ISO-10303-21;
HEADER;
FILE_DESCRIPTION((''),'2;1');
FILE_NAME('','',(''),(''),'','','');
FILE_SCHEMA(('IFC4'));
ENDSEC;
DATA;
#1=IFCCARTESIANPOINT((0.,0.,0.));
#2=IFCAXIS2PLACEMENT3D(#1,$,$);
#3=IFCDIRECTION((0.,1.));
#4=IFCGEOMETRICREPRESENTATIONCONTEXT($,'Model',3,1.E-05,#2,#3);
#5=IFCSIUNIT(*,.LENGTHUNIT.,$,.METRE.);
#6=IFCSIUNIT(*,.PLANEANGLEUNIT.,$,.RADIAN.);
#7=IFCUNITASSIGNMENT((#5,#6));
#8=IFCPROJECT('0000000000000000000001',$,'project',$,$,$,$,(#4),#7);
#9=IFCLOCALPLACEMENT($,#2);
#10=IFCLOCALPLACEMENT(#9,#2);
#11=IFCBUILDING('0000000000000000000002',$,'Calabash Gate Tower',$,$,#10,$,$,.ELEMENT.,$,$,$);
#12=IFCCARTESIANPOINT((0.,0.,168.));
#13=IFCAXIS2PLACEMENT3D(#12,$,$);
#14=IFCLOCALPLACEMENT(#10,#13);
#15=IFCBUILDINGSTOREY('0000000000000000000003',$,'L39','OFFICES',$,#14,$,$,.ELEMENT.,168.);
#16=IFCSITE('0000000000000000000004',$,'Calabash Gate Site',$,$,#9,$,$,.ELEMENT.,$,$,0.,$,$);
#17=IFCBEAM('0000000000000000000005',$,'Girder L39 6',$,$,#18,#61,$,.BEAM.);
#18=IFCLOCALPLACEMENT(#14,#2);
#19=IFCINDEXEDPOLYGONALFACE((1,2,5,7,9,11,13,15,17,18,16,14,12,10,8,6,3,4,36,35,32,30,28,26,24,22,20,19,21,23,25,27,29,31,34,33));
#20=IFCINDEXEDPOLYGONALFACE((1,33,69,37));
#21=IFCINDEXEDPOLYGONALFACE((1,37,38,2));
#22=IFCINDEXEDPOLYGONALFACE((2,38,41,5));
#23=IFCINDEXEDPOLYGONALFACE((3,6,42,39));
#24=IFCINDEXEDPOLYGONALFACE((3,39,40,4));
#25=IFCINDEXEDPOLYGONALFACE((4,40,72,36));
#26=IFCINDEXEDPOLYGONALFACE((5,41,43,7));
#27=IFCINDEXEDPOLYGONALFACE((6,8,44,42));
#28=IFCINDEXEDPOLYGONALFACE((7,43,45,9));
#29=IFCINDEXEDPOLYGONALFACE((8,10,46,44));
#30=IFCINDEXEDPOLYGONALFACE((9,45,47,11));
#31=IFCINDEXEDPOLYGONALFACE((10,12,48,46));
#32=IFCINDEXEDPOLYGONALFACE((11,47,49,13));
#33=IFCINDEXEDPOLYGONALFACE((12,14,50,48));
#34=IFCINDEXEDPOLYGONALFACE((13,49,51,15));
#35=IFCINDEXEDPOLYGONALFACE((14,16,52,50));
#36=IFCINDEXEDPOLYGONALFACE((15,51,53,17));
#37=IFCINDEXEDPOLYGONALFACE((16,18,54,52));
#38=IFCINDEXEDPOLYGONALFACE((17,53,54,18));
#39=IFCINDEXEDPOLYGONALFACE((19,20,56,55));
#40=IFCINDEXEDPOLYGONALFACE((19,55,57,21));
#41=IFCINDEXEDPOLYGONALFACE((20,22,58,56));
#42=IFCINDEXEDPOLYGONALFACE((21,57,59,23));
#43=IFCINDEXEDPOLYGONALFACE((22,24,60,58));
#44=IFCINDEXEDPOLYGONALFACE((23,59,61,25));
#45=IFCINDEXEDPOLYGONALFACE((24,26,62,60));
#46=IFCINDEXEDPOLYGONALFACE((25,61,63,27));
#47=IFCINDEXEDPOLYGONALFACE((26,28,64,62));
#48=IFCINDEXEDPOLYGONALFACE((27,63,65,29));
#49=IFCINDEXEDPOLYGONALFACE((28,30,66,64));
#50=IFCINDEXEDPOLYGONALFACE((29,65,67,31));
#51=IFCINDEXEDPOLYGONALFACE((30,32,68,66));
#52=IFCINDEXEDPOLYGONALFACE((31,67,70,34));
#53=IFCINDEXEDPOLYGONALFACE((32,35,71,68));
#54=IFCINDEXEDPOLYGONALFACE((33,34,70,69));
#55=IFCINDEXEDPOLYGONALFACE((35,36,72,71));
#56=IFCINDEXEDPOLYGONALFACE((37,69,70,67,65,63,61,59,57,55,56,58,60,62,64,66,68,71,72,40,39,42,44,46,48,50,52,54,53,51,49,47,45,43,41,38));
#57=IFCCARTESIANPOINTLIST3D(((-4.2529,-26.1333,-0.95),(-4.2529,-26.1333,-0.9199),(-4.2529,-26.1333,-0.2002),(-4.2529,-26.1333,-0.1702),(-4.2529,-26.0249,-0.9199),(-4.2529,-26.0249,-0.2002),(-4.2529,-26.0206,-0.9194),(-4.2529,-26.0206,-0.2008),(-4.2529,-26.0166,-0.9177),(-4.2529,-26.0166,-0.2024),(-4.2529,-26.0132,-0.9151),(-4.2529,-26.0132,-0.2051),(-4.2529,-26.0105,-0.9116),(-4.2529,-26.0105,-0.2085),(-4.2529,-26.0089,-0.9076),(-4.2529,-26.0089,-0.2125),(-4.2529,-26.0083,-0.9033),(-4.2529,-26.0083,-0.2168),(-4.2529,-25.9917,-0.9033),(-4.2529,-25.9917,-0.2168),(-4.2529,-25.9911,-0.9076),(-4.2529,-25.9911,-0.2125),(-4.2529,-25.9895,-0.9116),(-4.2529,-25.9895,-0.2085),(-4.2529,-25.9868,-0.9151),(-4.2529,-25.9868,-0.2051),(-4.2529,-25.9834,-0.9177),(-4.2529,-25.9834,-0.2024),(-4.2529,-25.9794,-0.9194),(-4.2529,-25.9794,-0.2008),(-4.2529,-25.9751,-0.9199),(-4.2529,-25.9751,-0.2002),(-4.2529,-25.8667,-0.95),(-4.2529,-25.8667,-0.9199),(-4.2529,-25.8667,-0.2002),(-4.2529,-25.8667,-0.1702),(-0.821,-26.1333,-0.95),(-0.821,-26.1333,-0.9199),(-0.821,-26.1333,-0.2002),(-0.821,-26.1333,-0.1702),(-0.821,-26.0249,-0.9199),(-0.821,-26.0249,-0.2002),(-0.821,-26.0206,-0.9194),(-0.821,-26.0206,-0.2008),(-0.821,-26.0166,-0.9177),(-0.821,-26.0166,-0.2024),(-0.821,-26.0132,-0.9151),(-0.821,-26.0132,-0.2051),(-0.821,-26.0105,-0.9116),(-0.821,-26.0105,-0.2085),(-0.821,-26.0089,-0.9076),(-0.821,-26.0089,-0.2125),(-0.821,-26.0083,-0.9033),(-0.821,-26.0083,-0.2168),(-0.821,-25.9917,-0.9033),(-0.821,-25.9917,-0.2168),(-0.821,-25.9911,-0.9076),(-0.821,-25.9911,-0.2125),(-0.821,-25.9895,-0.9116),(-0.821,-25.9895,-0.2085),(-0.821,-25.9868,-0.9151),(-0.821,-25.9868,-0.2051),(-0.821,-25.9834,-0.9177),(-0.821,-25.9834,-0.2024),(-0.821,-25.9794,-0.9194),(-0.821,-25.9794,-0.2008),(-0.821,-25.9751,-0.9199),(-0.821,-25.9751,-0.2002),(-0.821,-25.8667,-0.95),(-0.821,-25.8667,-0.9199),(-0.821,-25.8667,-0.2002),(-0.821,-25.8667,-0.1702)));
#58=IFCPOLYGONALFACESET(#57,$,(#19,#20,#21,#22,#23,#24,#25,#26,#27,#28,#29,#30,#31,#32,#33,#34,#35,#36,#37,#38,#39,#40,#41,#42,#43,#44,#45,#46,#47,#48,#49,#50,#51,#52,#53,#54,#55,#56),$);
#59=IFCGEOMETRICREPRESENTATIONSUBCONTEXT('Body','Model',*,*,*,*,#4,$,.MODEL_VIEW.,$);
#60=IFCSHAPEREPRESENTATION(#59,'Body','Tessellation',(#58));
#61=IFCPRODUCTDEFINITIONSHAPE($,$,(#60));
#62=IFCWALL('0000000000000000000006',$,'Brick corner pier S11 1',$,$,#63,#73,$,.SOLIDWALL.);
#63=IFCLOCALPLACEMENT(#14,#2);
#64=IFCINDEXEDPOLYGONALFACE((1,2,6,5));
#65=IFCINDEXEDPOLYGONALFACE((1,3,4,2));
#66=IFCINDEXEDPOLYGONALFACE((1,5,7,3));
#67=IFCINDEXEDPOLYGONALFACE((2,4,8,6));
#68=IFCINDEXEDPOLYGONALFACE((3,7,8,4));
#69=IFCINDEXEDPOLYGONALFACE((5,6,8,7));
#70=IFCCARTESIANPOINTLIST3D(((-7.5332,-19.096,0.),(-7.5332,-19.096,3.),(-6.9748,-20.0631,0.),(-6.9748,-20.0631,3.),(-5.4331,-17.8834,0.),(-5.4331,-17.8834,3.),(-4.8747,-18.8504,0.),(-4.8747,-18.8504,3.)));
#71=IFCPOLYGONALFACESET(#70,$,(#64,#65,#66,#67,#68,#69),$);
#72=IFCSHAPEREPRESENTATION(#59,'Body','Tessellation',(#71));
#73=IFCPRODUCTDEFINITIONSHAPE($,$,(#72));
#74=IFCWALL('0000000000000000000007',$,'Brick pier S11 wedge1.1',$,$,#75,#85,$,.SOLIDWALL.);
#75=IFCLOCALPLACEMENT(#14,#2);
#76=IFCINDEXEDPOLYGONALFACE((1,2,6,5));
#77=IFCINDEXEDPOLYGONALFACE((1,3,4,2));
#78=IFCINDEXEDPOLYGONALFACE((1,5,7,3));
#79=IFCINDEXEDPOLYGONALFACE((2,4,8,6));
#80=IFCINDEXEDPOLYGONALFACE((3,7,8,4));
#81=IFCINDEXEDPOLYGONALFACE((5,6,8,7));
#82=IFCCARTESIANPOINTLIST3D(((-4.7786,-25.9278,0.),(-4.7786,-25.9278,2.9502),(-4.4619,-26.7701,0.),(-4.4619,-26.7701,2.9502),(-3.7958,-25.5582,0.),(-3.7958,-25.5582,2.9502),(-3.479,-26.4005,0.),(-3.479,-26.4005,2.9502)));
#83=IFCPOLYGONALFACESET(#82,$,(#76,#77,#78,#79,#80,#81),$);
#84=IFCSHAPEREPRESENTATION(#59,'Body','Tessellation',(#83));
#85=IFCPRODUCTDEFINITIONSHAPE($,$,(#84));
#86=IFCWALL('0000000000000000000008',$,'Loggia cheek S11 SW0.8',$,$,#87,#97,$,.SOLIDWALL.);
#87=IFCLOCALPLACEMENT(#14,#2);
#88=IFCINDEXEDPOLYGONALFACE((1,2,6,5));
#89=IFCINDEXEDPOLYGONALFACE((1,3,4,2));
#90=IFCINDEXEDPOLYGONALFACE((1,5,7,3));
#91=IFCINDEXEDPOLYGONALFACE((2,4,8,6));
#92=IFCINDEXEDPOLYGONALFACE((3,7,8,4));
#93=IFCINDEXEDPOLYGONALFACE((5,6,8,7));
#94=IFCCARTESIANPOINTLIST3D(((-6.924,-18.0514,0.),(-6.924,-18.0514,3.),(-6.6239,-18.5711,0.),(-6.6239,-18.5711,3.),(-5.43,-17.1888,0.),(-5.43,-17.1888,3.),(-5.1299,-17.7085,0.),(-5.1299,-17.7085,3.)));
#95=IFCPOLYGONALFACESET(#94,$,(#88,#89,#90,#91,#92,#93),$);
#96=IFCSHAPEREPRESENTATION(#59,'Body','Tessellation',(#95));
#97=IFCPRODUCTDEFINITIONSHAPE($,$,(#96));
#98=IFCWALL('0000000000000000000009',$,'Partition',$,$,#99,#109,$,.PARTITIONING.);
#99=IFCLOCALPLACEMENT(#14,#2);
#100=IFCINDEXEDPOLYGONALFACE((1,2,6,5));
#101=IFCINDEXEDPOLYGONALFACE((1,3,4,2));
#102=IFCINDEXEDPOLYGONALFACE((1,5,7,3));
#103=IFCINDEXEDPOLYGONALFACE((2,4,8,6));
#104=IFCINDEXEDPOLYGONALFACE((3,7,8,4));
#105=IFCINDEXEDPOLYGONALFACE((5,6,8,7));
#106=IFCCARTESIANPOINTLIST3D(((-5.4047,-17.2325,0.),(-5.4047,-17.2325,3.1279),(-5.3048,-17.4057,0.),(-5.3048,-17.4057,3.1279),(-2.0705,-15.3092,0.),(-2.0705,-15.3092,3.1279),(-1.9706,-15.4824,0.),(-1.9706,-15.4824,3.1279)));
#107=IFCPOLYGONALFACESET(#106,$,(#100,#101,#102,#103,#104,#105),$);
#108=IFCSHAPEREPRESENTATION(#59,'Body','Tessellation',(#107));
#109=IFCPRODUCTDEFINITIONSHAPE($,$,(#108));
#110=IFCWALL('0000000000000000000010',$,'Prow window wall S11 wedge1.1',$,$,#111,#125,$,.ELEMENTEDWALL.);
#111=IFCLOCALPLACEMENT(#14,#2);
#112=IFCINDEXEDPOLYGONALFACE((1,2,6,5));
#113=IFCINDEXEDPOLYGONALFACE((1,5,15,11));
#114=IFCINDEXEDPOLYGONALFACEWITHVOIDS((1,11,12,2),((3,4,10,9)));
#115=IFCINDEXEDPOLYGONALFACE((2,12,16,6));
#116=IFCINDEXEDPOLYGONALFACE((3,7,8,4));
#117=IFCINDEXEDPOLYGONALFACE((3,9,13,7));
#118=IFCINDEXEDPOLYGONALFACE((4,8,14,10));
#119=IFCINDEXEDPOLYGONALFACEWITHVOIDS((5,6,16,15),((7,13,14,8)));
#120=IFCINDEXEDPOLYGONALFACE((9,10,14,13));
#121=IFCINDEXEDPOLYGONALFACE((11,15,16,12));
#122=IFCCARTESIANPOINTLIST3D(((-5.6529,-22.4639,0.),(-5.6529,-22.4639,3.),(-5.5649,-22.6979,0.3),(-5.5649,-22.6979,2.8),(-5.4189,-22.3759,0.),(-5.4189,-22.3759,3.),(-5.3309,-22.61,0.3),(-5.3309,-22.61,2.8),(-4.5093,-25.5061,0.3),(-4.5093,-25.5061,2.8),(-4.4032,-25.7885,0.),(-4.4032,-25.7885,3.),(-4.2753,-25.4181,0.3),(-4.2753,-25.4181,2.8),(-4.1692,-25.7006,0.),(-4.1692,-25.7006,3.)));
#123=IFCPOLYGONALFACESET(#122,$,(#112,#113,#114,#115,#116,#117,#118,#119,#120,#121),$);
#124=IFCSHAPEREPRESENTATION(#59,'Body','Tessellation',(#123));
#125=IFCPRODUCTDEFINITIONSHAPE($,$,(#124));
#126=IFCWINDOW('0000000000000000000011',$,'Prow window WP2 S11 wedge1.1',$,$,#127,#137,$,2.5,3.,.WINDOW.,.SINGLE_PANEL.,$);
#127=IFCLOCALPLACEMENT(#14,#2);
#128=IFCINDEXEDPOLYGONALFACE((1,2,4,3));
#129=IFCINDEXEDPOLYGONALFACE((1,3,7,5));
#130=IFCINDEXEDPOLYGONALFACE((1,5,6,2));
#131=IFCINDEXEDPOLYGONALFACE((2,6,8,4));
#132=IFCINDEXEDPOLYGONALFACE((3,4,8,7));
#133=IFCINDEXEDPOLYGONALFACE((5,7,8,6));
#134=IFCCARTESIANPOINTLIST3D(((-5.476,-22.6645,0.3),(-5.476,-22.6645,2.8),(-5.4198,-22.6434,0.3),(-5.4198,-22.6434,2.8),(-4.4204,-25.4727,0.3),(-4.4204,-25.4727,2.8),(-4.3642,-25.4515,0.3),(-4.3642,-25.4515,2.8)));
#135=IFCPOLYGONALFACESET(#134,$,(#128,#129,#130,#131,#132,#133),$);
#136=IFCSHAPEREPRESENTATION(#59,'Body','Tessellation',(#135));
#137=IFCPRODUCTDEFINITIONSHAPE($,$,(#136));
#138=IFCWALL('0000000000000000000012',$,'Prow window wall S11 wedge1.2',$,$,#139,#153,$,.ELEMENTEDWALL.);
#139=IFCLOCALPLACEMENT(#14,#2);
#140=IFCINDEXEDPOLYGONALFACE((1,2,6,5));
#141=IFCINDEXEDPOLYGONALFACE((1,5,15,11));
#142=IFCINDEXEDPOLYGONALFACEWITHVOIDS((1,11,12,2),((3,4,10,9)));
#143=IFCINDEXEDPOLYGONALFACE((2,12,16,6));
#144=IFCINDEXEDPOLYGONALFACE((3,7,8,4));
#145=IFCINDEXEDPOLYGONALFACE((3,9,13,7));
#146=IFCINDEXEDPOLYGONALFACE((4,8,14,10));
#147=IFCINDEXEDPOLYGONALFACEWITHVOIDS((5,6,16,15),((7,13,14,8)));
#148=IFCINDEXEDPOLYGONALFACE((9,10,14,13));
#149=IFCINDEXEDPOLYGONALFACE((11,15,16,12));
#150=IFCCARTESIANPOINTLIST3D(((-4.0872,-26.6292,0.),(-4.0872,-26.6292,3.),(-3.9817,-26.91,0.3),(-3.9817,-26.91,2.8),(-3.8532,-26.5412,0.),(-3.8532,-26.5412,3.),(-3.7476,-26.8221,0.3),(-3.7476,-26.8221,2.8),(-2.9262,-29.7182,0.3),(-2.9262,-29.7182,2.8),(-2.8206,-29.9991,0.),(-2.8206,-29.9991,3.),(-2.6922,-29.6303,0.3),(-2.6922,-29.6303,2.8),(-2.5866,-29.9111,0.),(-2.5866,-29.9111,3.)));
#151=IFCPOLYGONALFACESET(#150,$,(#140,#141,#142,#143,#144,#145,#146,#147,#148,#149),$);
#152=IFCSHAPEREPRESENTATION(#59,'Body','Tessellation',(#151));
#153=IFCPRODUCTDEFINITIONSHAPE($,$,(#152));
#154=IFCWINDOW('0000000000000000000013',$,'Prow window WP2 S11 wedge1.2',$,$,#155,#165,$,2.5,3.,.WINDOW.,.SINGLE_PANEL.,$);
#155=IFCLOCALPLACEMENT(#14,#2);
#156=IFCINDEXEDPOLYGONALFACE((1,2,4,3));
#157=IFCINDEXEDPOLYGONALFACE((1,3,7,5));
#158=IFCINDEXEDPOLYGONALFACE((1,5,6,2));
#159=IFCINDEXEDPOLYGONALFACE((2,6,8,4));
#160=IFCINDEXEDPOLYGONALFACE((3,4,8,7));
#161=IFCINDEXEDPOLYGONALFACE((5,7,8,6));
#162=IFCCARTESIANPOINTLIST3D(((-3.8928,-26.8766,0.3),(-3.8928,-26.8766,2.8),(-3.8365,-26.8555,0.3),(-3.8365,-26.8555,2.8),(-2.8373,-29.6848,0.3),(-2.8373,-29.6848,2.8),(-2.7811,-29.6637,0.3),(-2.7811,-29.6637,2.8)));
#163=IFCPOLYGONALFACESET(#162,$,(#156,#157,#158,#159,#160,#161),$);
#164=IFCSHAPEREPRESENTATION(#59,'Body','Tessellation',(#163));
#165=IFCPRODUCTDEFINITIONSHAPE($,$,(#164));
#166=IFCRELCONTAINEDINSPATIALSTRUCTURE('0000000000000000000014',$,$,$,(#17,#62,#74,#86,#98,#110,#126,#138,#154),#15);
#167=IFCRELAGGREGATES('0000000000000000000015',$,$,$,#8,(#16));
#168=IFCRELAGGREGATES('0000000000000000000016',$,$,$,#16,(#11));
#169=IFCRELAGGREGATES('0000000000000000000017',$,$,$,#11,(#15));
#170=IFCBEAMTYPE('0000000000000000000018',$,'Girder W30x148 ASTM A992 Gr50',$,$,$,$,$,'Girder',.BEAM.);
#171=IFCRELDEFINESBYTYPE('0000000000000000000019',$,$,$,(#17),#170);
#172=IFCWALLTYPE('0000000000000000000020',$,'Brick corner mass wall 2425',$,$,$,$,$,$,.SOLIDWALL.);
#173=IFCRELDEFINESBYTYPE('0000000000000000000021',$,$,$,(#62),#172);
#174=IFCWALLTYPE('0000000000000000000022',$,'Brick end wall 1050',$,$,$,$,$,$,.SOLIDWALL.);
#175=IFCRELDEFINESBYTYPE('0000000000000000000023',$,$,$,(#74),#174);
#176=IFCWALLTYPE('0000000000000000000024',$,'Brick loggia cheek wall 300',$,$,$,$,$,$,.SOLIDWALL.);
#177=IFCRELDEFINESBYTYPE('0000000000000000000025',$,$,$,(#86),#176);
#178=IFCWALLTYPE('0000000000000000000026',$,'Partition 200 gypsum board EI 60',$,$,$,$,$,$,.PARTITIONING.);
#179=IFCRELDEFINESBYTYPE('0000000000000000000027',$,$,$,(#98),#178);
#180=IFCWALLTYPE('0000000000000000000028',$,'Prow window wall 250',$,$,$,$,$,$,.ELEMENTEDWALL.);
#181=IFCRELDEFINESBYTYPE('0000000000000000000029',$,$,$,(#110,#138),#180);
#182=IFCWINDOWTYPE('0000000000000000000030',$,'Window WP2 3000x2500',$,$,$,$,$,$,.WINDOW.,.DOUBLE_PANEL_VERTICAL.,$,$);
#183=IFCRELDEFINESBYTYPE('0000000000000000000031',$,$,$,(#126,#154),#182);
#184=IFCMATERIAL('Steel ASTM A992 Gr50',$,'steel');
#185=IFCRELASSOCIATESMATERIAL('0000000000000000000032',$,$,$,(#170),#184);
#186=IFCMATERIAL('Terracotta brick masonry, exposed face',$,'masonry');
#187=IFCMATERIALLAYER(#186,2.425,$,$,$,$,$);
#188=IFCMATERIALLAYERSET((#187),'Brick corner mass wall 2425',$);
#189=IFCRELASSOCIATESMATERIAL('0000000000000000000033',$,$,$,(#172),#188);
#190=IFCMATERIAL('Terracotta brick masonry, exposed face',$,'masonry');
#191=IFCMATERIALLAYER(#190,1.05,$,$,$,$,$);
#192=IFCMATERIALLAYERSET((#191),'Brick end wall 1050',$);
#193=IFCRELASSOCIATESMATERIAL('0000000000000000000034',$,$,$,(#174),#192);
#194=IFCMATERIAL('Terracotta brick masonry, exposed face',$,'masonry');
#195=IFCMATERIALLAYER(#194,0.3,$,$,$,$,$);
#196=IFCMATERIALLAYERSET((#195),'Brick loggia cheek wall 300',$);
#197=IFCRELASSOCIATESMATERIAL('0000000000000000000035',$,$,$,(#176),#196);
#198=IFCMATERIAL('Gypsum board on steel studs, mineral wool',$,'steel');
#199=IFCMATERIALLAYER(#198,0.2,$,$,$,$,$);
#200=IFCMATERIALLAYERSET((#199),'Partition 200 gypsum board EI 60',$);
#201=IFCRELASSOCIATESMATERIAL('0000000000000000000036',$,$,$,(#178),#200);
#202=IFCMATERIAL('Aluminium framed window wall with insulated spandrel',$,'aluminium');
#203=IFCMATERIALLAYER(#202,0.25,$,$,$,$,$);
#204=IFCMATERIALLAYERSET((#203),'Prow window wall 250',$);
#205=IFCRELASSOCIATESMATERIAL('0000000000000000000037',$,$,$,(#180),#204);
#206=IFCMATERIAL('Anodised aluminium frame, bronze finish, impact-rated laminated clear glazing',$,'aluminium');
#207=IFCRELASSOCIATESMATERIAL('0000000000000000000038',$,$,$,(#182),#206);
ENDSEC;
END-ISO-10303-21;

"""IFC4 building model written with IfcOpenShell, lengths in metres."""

from ifc_helpers import new_model, si_unit, direction, frame, frame_2d, origin, origin_2d, place, context, subcontext, project, spatial, rectangle, i_section, extrude, material, layer, layer_set, material_profile, profile_set, type_object, element, fill, save


model = new_model("IFC4")

# Units and contexts
model_context = context("Model", 3, precision=1e-05, world=origin(), true_north=direction((0.0, 1.0)))
body_context = subcontext(model_context, "Body", "Model", "MODEL_VIEW")
ifc_project = project(units=[si_unit("LENGTHUNIT", "METRE"), si_unit("PLANEANGLEUNIT", "RADIAN")], contexts=[model_context])

# Site, building, storey
site_placement = place(None, origin())
site = spatial("IfcSite", under=ifc_project, at=site_placement, Name="Calabash Gate Site", CompositionType="ELEMENT", RefElevation=0.0)
building_placement = place(site_placement, origin())
building = spatial("IfcBuilding", under=site, at=building_placement, Name="Calabash Gate Tower", CompositionType="ELEMENT")
storey_placement = place(building_placement, frame((0.0, 0.0, 168.0)))
storey = spatial("IfcBuildingStorey", under=building, at=storey_placement, Name="L39", Description="OFFICES", CompositionType="ELEMENT", Elevation=168.0)

# Beam
ifc_material_1 = material(Name="Steel ASTM A992 Gr50", Category="steel")
ifc_material_profile_1 = material_profile(ifc_material_1, i_section(OverallWidth=0.2666, OverallDepth=0.7798, WebThickness=0.0166, FlangeThickness=0.03, FilletRadius=0.0166, at=origin_2d()))
ifc_profile_set_1 = profile_set([ifc_material_profile_1], Name="Steel ASTM A992 Gr50")
beam_type_1 = type_object("IfcBeamType", Name="Girder W30x148 ASTM A992 Gr50", ElementType="Girder", PredefinedType="BEAM", material=ifc_profile_set_1)
beam_1_placement = place(storey_placement, frame((-4.2529, -26.0, -0.5601), z_axis=(1.0, 0.0, 0.0), x_axis=(0.0, 1.0, 0.0)))
element("IfcBeam", 1, at=beam_1_placement, inside=storey, type_object=beam_type_1, Name="Girder L39 6", PredefinedType="BEAM", context=body_context, shape_type="SweptSolid", body=[
    extrude(i_section(OverallWidth=0.2666, OverallDepth=0.7798, WebThickness=0.0166, FlangeThickness=0.03, FilletRadius=0.0166, at=origin_2d()), origin(), (0.0, 0.0, 1.0), 3.4319),
])

# Walls
ifc_material_2 = material(Name="Terracotta brick masonry, exposed face", Category="masonry")
ifc_layer_1 = layer(ifc_material_2, 2.425)
ifc_layer_set_1 = layer_set([ifc_layer_1], Name="Brick corner mass wall 2425")
wall_type_1 = type_object("IfcWallType", Name="Brick corner mass wall 2425", PredefinedType="SOLIDWALL", material=ifc_layer_set_1)
wall_1_placement = place(storey_placement, frame((-5.1541, -18.3669, 0.0), z_axis=(0.0, 0.0, 1.0), x_axis=(-0.865998, -0.500048, 0.0)))
element("IfcWall", 2, at=wall_1_placement, inside=storey, type_object=wall_type_1, Name="Brick corner pier S11 1", PredefinedType="SOLIDWALL", context=body_context, shape_type="SweptSolid", body=[
    extrude(rectangle(XDim=2.425, YDim=1.1167, at=frame_2d((1.2124, 0.0))), origin(), (0.0, 0.0, 1.0), 3.0),
])
ifc_material_3 = material(Name="Terracotta brick masonry, exposed face", Category="masonry")
ifc_layer_2 = layer(ifc_material_3, 1.05)
ifc_layer_set_2 = layer_set([ifc_layer_2], Name="Brick end wall 1050")
wall_type_2 = type_object("IfcWallType", Name="Brick end wall 1050", PredefinedType="SOLIDWALL", material=ifc_layer_set_2)
wall_2_placement = place(storey_placement, frame((-4.6201, -26.3489, 0.0), z_axis=(0.0, 0.0, 1.0), x_axis=(0.936004, 0.35199, 0.0)))
element("IfcWall", 3, at=wall_2_placement, inside=storey, type_object=wall_type_2, Name="Brick pier S11 wedge1.1", PredefinedType="SOLIDWALL", context=body_context, shape_type="SweptSolid", body=[
    extrude(rectangle(XDim=1.05, YDim=0.8999, at=frame_2d((0.5249, 0.0))), origin(), (0.0, 0.0, 1.0), 2.9502),
])
ifc_material_4 = material(Name="Terracotta brick masonry, exposed face", Category="masonry")
ifc_layer_3 = layer(ifc_material_4, 0.3)
ifc_layer_set_3 = layer_set([ifc_layer_3], Name="Brick loggia cheek wall 300")
wall_type_3 = type_object("IfcWallType", Name="Brick loggia cheek wall 300", PredefinedType="SOLIDWALL", material=ifc_layer_set_3)
wall_3_placement = place(storey_placement, frame((-6.7739, -18.3113, 0.0), z_axis=(0.0, 0.0, 1.0), x_axis=(0.866014, 0.500021, 0.0)))
element("IfcWall", 4, at=wall_3_placement, inside=storey, type_object=wall_type_3, Name="Loggia cheek S11 SW0.8", PredefinedType="SOLIDWALL", context=body_context, shape_type="SweptSolid", body=[
    extrude(rectangle(XDim=1.7251, YDim=0.6001, at=frame_2d((0.8625, 0.0))), origin(), (0.0, 0.0, 1.0), 3.0),
])
ifc_material_5 = material(Name="Gypsum board on steel studs, mineral wool", Category="steel")
ifc_layer_4 = layer(ifc_material_5, 0.2)
ifc_layer_set_4 = layer_set([ifc_layer_4], Name="Partition 200 gypsum board EI 60")
wall_type_4 = type_object("IfcWallType", Name="Partition 200 gypsum board EI 60", PredefinedType="PARTITIONING", material=ifc_layer_set_4)
wall_4_placement = place(storey_placement, frame((-5.3547, -17.3191, 0.0), z_axis=(0.0, 0.0, 1.0), x_axis=(0.866214, 0.499673, 0.0)))
element("IfcWall", 5, at=wall_4_placement, inside=storey, type_object=wall_type_4, Name="Partition", PredefinedType="PARTITIONING", context=body_context, shape_type="SweptSolid", body=[
    extrude(rectangle(XDim=3.8491, YDim=0.2, at=frame_2d((1.9246, 0.0))), origin(), (0.0, 0.0, 1.0), 3.1279),
])

# Walls, openings, windows
ifc_material_6 = material(Name="Aluminium framed window wall with insulated spandrel", Category="aluminium")
ifc_layer_5 = layer(ifc_material_6, 0.25)
ifc_layer_set_5 = layer_set([ifc_layer_5], Name="Prow window wall 250")
wall_type_5 = type_object("IfcWallType", Name="Prow window wall 250", PredefinedType="ELEMENTEDWALL", material=ifc_layer_set_5)
wall_5_placement = place(storey_placement, frame((-5.5359, -22.4199, 0.0), z_axis=(0.0, 0.0, 1.0), x_axis=(0.351862, -0.936052, 0.0)))
wall_5 = element("IfcWall", 6, at=wall_5_placement, inside=storey, type_object=wall_type_5, Name="Prow window wall S11 wedge1.1", PredefinedType="ELEMENTEDWALL", context=body_context, shape_type="SweptSolid", body=[
    extrude(rectangle(XDim=3.5518, YDim=0.25, at=frame_2d((1.7759, 0.0))), origin(), (0.0, 0.0, 1.0), 3.0),
])
opening_1_placement = place(wall_5_placement, frame((0.25, 0.0, 0.3)))
opening_1 = element("IfcOpeningElement", 7, at=opening_1_placement, cuts=wall_5, PredefinedType="OPENING", context=body_context, shape_type="SweptSolid", body=[
    extrude(rectangle(XDim=3.0, YDim=2.5, at=frame_2d((1.5, 1.25))), frame((0.0, 0.135, 0.0), z_axis=(0.0, -1.0, 0.0), x_axis=(1.0, 0.0, 0.0)), (0.0, 0.0, 1.0), 0.27),
])
ifc_material_7 = material(Name="Anodised aluminium frame, bronze finish, impact-rated laminated clear glazing", Category="aluminium")
window_type = type_object("IfcWindowType", Name="Window WP2 3000x2500", PartitioningType="DOUBLE_PANEL_VERTICAL", PredefinedType="WINDOW", material=ifc_material_7)
window_1_placement = place(opening_1_placement, origin())
window_1 = element("IfcWindow", 8, at=window_1_placement, inside=storey, type_object=window_type, Name="Prow window WP2 S11 wedge1.1", OverallHeight=2.5, OverallWidth=3.0, PartitioningType="SINGLE_PANEL", PredefinedType="WINDOW", context=body_context, shape_type="SweptSolid", body=[
    extrude(rectangle(XDim=3.0, YDim=2.5, at=frame_2d((1.5, 1.25))), frame((0.0, 0.03, 0.0), z_axis=(0.0, -1.0, 0.0), x_axis=(1.0, 0.0, 0.0)), (0.0, 0.0, 1.0), 0.0601),
])
fill(opening_1, window_1)
wall_6_placement = place(storey_placement, frame((-3.9702, -26.5852, 0.0), z_axis=(0.0, 0.0, 1.0), x_axis=(0.351829, -0.936064, 0.0)))
wall_6 = element("IfcWall", 9, at=wall_6_placement, inside=storey, type_object=wall_type_5, Name="Prow window wall S11 wedge1.2", PredefinedType="ELEMENTEDWALL", context=body_context, shape_type="SweptSolid", body=[
    extrude(rectangle(XDim=3.6001, YDim=0.25, at=frame_2d((1.8, 0.0))), origin(), (0.0, 0.0, 1.0), 3.0),
])
opening_2_placement = place(wall_6_placement, frame((0.3, 0.0, 0.3)))
opening_2 = element("IfcOpeningElement", 10, at=opening_2_placement, cuts=wall_6, PredefinedType="OPENING", context=body_context, shape_type="SweptSolid", body=[
    extrude(rectangle(XDim=3.0, YDim=2.5, at=frame_2d((1.5, 1.25))), frame((0.0, 0.135, 0.0), z_axis=(0.0, -1.0, 0.0), x_axis=(1.0, 0.0, 0.0)), (0.0, 0.0, 1.0), 0.27),
])
window_2_placement = place(opening_2_placement, origin())
window_2 = element("IfcWindow", 11, at=window_2_placement, inside=storey, type_object=window_type, Name="Prow window WP2 S11 wedge1.2", OverallHeight=2.5, OverallWidth=3.0, PartitioningType="SINGLE_PANEL", PredefinedType="WINDOW", context=body_context, shape_type="SweptSolid", body=[
    extrude(rectangle(XDim=3.0, YDim=2.5, at=frame_2d((1.5, 1.25))), frame((0.0, 0.03, 0.0), z_axis=(0.0, -1.0, 0.0), x_axis=(1.0, 0.0, 0.0)), (0.0, 0.0, 1.0), 0.0601),
])
fill(opening_2, window_2)

save(model, "model.ifc")
